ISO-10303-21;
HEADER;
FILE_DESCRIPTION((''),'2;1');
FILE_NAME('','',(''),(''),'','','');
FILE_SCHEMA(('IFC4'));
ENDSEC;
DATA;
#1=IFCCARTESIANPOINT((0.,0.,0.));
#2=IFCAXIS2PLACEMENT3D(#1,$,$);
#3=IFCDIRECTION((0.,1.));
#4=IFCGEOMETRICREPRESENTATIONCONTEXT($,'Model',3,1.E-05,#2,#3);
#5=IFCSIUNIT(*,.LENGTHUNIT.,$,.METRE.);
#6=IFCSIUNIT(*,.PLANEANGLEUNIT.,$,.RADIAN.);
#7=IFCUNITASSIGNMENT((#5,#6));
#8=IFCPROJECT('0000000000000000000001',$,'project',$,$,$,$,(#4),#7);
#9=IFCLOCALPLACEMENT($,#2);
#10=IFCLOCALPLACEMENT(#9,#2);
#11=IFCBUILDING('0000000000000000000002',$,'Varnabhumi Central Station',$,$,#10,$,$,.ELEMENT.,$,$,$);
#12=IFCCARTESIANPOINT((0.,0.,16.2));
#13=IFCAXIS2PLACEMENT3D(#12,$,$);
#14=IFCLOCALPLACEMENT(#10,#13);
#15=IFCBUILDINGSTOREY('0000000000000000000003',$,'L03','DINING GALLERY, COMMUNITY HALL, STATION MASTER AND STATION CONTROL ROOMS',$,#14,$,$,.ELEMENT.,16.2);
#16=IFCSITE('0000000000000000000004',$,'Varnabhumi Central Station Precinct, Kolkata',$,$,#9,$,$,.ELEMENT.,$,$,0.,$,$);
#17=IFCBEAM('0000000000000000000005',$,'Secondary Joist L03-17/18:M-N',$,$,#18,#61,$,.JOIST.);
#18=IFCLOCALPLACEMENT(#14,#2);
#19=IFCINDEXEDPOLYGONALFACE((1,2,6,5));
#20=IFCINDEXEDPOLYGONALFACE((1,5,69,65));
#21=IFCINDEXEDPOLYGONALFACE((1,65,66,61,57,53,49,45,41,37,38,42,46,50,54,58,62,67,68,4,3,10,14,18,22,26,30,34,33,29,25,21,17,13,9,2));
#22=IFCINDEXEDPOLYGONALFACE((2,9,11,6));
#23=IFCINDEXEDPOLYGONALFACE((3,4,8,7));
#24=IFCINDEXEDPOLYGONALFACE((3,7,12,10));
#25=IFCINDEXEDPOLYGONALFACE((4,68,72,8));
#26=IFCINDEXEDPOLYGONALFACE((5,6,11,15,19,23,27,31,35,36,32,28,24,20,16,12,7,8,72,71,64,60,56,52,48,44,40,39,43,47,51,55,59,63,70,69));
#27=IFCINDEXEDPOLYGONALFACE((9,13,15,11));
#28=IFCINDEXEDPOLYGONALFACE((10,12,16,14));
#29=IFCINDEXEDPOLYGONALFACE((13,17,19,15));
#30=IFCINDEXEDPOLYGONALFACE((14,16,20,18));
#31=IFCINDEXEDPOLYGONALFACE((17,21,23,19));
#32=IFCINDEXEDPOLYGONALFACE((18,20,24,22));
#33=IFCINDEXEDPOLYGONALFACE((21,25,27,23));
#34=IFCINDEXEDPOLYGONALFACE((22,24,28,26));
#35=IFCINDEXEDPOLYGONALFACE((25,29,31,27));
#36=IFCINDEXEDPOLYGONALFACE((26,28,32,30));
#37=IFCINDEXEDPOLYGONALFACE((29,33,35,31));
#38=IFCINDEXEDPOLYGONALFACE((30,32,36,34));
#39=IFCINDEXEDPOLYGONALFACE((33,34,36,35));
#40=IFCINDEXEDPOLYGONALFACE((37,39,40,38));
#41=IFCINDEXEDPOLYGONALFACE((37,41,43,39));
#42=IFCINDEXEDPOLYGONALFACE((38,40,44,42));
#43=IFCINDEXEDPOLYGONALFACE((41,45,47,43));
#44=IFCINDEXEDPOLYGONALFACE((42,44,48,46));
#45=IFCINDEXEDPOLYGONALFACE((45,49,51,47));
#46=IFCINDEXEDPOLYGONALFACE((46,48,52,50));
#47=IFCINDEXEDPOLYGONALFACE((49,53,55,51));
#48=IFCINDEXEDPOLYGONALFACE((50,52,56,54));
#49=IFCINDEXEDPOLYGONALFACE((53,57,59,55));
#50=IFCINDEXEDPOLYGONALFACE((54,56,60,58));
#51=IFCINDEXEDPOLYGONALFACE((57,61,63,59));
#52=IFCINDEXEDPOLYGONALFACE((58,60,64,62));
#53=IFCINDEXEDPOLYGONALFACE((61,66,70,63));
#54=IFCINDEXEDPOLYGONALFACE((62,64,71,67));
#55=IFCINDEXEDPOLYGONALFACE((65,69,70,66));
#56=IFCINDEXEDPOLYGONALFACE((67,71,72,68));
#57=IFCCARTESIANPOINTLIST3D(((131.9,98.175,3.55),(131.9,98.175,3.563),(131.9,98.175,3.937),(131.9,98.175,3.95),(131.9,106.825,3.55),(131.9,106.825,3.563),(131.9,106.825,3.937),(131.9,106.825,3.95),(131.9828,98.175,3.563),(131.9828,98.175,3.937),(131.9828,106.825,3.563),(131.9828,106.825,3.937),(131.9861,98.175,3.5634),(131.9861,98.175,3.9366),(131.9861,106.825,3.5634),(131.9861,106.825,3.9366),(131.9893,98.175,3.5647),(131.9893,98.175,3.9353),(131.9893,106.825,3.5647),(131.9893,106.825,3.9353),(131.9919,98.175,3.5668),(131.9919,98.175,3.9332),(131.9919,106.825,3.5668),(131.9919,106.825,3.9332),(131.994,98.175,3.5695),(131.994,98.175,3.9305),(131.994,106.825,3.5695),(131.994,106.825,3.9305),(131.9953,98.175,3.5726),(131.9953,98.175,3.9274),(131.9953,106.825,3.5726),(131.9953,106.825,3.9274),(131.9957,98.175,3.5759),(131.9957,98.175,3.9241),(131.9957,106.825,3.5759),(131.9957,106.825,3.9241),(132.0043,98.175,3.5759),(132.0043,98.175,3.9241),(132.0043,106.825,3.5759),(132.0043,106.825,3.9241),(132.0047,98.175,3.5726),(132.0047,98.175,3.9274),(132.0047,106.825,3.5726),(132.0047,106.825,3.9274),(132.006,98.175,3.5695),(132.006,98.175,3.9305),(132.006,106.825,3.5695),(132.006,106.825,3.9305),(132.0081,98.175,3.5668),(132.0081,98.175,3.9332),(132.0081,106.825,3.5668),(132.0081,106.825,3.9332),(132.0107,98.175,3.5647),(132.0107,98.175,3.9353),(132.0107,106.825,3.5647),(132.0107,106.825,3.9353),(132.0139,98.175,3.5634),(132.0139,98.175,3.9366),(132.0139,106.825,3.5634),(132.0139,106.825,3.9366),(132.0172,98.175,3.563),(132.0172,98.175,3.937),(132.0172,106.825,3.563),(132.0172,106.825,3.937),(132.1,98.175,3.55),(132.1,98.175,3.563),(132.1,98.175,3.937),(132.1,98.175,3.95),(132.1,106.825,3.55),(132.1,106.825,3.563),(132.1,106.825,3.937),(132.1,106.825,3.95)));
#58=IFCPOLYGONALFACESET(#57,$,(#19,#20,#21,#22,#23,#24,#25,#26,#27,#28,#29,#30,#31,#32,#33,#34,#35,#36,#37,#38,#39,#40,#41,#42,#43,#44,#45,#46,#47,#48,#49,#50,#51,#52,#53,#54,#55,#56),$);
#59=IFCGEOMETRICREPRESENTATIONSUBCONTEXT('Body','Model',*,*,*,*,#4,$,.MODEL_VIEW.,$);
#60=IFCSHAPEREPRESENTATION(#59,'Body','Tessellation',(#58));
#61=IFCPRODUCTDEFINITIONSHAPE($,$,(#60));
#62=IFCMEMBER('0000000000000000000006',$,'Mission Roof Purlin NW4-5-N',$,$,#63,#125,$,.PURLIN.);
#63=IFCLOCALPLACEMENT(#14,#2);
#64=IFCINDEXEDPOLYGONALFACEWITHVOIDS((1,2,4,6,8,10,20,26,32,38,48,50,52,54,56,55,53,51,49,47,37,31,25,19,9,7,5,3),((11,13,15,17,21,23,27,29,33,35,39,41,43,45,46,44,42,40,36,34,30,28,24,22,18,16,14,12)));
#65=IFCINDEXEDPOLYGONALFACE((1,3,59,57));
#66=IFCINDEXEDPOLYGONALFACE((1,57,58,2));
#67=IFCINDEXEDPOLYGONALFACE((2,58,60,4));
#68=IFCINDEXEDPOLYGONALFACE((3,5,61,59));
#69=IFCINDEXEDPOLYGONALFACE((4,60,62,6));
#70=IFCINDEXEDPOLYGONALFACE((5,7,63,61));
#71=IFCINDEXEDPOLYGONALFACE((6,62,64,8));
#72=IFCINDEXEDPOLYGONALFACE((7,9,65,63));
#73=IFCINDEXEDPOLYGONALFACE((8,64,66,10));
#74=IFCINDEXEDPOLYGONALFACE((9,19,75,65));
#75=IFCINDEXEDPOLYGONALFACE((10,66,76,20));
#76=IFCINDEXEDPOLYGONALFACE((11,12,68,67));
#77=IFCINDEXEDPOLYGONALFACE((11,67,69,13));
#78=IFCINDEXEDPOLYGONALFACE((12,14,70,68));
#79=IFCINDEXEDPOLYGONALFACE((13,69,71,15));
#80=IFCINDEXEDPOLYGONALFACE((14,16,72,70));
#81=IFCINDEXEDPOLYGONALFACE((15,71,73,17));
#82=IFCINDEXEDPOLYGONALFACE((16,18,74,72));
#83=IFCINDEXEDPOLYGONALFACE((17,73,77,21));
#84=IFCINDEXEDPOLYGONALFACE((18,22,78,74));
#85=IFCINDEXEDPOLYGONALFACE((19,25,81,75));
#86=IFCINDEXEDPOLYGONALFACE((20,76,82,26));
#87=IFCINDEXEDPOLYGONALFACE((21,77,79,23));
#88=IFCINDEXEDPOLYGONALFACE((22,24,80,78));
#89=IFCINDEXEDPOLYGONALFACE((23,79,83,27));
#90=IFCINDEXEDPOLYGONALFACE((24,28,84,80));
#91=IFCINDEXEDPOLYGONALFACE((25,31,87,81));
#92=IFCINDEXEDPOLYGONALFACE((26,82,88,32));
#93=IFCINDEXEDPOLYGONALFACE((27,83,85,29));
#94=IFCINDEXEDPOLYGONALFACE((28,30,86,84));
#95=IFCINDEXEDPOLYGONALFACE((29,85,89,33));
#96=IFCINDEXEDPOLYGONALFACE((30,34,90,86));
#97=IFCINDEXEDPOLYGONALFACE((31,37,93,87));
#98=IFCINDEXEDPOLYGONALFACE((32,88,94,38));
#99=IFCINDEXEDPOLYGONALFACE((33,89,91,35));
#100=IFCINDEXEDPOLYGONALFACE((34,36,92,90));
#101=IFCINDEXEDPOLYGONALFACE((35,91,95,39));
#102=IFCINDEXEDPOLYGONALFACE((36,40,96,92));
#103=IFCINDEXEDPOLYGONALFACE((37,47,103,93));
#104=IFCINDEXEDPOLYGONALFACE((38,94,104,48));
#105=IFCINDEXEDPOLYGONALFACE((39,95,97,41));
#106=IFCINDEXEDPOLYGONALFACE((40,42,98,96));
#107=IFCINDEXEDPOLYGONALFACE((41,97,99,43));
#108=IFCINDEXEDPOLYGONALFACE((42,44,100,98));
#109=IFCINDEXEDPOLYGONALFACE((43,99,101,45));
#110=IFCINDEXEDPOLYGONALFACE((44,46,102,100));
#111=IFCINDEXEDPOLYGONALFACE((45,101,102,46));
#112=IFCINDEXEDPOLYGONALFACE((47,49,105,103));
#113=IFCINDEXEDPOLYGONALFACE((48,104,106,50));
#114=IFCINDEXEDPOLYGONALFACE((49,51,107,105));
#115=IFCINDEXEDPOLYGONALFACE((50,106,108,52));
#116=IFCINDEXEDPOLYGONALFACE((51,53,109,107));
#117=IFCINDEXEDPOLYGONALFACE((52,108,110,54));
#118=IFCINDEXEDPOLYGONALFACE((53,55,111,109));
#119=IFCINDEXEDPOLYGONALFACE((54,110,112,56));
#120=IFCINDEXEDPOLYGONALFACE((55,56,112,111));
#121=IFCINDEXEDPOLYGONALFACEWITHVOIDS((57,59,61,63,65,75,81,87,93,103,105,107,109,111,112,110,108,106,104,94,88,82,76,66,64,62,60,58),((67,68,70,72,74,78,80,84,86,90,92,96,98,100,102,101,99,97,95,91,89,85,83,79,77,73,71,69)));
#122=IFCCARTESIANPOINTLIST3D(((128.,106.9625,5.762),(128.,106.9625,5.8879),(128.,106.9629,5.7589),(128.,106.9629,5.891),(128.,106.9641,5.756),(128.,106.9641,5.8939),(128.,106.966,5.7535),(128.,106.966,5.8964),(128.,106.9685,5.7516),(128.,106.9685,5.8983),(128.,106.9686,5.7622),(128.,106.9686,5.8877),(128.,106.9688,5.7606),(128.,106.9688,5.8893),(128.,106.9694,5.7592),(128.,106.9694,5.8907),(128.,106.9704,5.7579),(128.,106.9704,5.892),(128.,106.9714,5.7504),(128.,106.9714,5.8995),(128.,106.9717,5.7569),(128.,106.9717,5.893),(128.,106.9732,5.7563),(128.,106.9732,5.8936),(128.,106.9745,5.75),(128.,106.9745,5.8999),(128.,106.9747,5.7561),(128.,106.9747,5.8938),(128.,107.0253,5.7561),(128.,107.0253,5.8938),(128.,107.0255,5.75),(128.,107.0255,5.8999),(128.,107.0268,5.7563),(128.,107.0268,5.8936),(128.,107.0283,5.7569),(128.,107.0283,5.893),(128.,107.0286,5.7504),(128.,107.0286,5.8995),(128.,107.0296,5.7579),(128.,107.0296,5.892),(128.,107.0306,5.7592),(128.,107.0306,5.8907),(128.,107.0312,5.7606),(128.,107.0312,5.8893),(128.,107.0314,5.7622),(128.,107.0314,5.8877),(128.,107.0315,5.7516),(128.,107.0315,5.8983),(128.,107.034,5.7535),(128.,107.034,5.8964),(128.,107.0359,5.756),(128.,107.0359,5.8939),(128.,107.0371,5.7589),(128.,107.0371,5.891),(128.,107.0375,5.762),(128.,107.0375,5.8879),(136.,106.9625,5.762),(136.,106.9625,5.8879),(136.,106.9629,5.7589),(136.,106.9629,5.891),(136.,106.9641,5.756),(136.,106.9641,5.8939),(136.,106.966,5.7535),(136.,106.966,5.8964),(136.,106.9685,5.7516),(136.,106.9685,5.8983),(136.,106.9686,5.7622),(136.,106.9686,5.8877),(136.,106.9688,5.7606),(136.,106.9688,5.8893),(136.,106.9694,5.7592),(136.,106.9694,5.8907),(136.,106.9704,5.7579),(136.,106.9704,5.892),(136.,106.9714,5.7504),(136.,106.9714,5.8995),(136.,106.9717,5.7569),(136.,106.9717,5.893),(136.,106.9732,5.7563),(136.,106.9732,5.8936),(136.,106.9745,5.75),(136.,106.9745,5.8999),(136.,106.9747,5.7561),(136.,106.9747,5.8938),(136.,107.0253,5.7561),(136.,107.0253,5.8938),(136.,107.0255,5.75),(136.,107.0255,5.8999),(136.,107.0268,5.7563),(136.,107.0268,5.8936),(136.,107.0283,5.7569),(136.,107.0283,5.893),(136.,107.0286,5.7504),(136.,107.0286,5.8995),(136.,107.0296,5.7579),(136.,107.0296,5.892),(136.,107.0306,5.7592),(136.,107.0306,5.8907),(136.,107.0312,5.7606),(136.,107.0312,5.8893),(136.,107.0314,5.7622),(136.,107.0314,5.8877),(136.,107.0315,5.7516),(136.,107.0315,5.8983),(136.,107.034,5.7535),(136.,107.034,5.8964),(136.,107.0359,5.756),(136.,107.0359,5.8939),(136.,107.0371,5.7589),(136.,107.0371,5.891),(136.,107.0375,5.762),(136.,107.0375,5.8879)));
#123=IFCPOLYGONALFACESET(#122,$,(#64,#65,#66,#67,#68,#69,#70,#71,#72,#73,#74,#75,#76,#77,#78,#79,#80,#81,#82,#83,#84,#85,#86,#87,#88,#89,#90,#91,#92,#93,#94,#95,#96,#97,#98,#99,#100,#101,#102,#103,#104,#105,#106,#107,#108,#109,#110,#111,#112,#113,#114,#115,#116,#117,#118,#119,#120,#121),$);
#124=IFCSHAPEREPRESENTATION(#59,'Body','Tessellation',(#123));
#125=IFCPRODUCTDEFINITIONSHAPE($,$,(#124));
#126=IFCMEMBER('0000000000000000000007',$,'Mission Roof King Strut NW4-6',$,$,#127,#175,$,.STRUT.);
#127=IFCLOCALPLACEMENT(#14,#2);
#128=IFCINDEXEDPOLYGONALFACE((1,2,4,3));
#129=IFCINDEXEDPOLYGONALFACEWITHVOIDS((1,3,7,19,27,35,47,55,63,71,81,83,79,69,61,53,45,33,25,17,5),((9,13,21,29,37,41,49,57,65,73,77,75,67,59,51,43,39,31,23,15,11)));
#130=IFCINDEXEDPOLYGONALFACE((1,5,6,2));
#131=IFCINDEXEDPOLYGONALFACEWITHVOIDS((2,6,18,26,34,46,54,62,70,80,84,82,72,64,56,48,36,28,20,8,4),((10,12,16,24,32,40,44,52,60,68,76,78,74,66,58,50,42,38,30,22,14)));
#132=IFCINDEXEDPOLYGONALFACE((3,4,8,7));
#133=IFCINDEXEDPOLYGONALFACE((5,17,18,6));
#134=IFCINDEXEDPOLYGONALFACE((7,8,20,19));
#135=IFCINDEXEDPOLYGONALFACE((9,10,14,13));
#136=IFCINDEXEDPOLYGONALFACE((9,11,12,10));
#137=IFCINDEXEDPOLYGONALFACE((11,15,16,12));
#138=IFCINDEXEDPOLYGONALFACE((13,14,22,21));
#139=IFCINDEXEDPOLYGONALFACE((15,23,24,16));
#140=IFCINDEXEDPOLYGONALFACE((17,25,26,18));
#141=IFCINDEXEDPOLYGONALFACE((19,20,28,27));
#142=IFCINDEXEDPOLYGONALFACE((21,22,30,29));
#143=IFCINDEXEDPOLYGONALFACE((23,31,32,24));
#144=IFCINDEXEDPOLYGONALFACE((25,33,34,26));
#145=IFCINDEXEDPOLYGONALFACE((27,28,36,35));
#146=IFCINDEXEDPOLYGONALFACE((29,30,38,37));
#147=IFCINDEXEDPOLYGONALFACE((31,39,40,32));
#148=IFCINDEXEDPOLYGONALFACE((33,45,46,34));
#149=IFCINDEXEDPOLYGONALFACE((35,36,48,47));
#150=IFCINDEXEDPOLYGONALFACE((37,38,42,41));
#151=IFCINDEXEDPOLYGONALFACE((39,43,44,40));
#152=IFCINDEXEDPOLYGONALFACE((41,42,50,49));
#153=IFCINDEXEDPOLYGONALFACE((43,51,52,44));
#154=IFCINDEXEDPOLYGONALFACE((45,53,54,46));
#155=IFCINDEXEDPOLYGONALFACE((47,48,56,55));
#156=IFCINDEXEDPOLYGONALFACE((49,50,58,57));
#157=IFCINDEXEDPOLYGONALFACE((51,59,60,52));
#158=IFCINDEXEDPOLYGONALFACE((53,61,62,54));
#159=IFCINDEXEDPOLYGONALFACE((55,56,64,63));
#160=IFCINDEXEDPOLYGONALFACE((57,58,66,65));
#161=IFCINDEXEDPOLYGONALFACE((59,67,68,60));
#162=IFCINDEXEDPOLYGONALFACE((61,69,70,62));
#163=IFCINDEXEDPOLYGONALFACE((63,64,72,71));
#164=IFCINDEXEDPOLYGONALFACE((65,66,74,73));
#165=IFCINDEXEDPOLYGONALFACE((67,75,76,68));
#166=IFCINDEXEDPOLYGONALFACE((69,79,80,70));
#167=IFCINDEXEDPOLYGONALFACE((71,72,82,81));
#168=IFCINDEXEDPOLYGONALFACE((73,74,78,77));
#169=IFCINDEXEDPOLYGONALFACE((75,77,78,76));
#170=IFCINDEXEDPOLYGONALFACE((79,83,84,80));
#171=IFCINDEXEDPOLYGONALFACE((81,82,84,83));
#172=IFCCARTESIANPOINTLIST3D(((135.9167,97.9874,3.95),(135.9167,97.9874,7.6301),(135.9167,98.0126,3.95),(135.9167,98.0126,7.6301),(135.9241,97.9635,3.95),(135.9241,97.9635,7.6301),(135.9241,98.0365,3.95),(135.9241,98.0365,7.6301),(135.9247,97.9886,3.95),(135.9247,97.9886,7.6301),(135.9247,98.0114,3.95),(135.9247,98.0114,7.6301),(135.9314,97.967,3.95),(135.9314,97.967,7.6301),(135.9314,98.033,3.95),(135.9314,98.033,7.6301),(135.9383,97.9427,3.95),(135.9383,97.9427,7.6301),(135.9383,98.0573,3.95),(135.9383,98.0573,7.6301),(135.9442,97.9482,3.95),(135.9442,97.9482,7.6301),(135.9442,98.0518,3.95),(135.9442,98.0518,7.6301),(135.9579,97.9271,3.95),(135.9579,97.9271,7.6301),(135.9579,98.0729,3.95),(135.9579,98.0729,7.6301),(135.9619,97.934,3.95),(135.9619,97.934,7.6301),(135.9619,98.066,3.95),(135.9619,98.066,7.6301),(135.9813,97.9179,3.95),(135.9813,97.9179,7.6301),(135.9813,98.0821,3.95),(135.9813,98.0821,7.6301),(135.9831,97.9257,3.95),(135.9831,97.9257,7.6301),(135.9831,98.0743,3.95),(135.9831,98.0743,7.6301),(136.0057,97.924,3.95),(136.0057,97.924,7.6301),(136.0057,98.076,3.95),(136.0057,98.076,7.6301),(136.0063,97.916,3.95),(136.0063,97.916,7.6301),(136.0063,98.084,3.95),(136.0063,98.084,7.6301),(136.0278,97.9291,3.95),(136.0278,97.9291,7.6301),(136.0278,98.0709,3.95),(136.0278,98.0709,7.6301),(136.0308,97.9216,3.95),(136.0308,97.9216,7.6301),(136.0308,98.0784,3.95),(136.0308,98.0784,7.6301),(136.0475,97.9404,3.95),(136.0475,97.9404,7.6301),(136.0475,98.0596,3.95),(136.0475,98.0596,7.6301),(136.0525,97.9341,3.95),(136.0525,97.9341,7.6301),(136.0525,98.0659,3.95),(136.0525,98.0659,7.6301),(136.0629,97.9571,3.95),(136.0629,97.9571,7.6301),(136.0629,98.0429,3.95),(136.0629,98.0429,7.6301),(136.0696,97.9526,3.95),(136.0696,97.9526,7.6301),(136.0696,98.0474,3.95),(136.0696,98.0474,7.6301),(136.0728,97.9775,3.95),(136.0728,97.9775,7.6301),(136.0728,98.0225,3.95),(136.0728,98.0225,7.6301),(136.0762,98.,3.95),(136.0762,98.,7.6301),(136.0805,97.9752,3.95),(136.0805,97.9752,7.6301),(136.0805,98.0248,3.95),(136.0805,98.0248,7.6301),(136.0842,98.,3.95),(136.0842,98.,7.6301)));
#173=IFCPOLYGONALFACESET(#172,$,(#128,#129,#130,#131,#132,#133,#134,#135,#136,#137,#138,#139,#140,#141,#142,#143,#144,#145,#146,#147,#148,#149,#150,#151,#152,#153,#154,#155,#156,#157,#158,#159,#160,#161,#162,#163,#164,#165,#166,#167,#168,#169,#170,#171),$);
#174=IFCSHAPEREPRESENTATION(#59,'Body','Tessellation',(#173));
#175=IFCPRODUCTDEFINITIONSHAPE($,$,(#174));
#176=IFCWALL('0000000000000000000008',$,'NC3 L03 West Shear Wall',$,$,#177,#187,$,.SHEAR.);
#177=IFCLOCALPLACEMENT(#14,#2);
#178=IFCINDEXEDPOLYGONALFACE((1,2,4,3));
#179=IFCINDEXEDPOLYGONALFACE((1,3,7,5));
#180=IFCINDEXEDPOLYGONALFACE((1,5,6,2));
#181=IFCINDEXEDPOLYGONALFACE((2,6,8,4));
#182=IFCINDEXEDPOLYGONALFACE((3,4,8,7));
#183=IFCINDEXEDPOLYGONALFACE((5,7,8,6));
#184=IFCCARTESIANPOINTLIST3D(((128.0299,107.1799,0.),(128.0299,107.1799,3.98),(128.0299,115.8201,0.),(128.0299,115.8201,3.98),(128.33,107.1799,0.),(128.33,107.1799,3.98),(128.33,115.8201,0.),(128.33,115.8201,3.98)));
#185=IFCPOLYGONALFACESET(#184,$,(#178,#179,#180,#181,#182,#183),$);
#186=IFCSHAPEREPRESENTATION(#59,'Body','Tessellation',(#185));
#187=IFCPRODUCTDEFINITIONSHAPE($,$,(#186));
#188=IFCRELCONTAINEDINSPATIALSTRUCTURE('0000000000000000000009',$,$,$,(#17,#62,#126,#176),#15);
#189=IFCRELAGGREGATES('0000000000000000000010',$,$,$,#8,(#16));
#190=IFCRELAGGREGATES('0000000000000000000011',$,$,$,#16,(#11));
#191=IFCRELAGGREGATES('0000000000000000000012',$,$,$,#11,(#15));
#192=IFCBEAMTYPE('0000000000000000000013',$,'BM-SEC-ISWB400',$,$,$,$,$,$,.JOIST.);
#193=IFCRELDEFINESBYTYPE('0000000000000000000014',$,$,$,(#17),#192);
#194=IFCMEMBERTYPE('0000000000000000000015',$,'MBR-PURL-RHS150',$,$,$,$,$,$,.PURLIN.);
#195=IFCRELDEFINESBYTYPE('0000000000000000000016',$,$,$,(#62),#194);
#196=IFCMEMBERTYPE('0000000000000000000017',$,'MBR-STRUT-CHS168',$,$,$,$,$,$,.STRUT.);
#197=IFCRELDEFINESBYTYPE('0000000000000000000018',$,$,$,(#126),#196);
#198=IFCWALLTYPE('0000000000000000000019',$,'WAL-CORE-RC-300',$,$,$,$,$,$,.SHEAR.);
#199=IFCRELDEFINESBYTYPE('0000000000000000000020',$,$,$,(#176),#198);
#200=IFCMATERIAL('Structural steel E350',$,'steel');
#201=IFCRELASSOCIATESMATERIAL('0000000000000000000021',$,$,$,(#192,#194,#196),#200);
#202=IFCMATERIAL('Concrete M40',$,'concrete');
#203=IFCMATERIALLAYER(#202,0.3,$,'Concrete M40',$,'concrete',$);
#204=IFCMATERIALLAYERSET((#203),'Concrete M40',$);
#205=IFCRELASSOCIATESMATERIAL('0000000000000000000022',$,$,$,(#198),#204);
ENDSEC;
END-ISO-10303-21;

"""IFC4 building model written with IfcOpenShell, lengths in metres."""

from ifc_helpers import new_model, si_unit, direction, frame, frame_2d, origin, origin_2d, place, context, subcontext, project, spatial, rectangle, hollow_rectangle, hollow_circle, i_section, extrude, material, layer, layer_set, material_profile, profile_set, type_object, element, save


model = new_model("IFC4")

# Units and contexts
model_context = context("Model", 3, precision=1e-05, world=origin(), true_north=direction((0.0, 1.0)))
body_context = subcontext(model_context, "Body", "Model", "MODEL_VIEW")
ifc_project = project(units=[si_unit("LENGTHUNIT", "METRE"), si_unit("PLANEANGLEUNIT", "RADIAN")], contexts=[model_context])

# Site, building, storey
site_placement = place(None, origin())
site = spatial("IfcSite", under=ifc_project, at=site_placement, Name="Varnabhumi Central Station Precinct, Kolkata", CompositionType="ELEMENT", RefElevation=0.0)
building_placement = place(site_placement, origin())
building = spatial("IfcBuilding", under=site, at=building_placement, Name="Varnabhumi Central Station", CompositionType="ELEMENT")
storey_placement = place(building_placement, frame((0.0, 0.0, 16.2)))
storey = spatial("IfcBuildingStorey", under=building, at=storey_placement, Name="L03", Description="DINING GALLERY, COMMUNITY HALL, STATION MASTER AND STATION CONTROL ROOMS", CompositionType="ELEMENT", Elevation=16.2)

# Shared definitions
ifc_material_1 = material(Name="Concrete M40", Category="concrete")

# Beam
ifc_material_2 = material(Name="Structural steel E350", Category="steel")
ifc_material_profile_1 = material_profile(ifc_material_2, i_section(OverallWidth=0.2, OverallDepth=0.3999, WebThickness=0.0085, FlangeThickness=0.0129, FilletRadius=0.0129, at=origin_2d()), Name="Structural steel E350", Category="steel")
ifc_profile_set_1 = profile_set([ifc_material_profile_1], Name="Structural steel E350")
beam_type_1 = type_object("IfcBeamType", Name="BM-SEC-ISWB400", PredefinedType="JOIST", material=ifc_profile_set_1)
beam_1_placement = place(storey_placement, frame((132.0, 98.175, 3.75), z_axis=(0.0, 1.0, 0.0), x_axis=(-1.0, 0.0, 0.0)))
element("IfcBeam", 1, at=beam_1_placement, inside=storey, type_object=beam_type_1, Name="Secondary Joist L03-17/18:M-N", PredefinedType="JOIST", context=body_context, shape_type="SweptSolid", body=[
    extrude(i_section(OverallWidth=0.2, OverallDepth=0.3999, WebThickness=0.0085, FlangeThickness=0.0129, FilletRadius=0.0129, at=origin_2d()), origin(), (0.0, 0.0, 1.0), 8.6499),
])

# Members
ifc_material_profile_2 = material_profile(ifc_material_2, hollow_rectangle(XDim=0.075, YDim=0.1499, WallThickness=0.0061, InnerFilletRadius=0.0061, OuterFilletRadius=0.012, at=origin_2d()), Name="Structural steel E350", Category="steel")
ifc_profile_set_2 = profile_set([ifc_material_profile_2], Name="Structural steel E350")
member_type_1 = type_object("IfcMemberType", Name="MBR-PURL-RHS150", PredefinedType="PURLIN", material=ifc_profile_set_2)
member_1_placement = place(storey_placement, frame((128.0, 107.0, 5.825), z_axis=(1.0, 0.0, 0.0), x_axis=(0.0, 1.0, 0.0)))
element("IfcMember", 2, at=member_1_placement, inside=storey, type_object=member_type_1, Name="Mission Roof Purlin NW4-5-N", PredefinedType="PURLIN", context=body_context, shape_type="SweptSolid", body=[
    extrude(hollow_rectangle(XDim=0.075, YDim=0.1499, WallThickness=0.0061, InnerFilletRadius=0.0061, OuterFilletRadius=0.012, at=origin_2d()), origin(), (0.0, 0.0, 1.0), 8.0),
])
ifc_material_profile_3 = material_profile(ifc_material_2, hollow_circle(Radius=0.0842, WallThickness=0.0081, at=origin_2d()), Name="Structural steel E350", Category="steel")
ifc_profile_set_3 = profile_set([ifc_material_profile_3], Name="Structural steel E350")
member_type_2 = type_object("IfcMemberType", Name="MBR-STRUT-CHS168", PredefinedType="STRUT", material=ifc_profile_set_3)
member_2_placement = place(storey_placement, frame((136.0, 98.0, 3.95), z_axis=(0.0, 0.0, 1.0), x_axis=(1.0, 0.0, 0.0)))
element("IfcMember", 3, at=member_2_placement, inside=storey, type_object=member_type_2, Name="Mission Roof King Strut NW4-6", PredefinedType="STRUT", context=body_context, shape_type="SweptSolid", body=[
    extrude(hollow_circle(Radius=0.0842, WallThickness=0.0081, at=origin_2d()), origin(), (0.0, 0.0, 1.0), 3.6802),
])

# Wall
ifc_layer_1 = layer(ifc_material_1, 0.3, Name="Concrete M40", Category="concrete")
ifc_layer_set_1 = layer_set([ifc_layer_1], Name="Concrete M40")
wall_type_1 = type_object("IfcWallType", Name="WAL-CORE-RC-300", PredefinedType="SHEAR", material=ifc_layer_set_1)
for number, where, z_axis, x_axis, name in (
    (4, (128.1799, 107.1799, 0.0), (0.0, 0.0, 1.0), (0.0, 1.0, 0.0), "NC3 L03 West Shear Wall"),
):
    element("IfcWall", number, at=place(storey_placement, frame(where, z_axis=z_axis, x_axis=x_axis)), inside=storey, type_object=wall_type_1, Name=name, PredefinedType="SHEAR", context=body_context, shape_type="SweptSolid", body=[
        extrude(rectangle(XDim=8.6401, YDim=0.3, at=frame_2d((4.3201, 0.0))), origin(), (0.0, 0.0, 1.0), 3.98),
    ])

save(model, "model.ifc")
